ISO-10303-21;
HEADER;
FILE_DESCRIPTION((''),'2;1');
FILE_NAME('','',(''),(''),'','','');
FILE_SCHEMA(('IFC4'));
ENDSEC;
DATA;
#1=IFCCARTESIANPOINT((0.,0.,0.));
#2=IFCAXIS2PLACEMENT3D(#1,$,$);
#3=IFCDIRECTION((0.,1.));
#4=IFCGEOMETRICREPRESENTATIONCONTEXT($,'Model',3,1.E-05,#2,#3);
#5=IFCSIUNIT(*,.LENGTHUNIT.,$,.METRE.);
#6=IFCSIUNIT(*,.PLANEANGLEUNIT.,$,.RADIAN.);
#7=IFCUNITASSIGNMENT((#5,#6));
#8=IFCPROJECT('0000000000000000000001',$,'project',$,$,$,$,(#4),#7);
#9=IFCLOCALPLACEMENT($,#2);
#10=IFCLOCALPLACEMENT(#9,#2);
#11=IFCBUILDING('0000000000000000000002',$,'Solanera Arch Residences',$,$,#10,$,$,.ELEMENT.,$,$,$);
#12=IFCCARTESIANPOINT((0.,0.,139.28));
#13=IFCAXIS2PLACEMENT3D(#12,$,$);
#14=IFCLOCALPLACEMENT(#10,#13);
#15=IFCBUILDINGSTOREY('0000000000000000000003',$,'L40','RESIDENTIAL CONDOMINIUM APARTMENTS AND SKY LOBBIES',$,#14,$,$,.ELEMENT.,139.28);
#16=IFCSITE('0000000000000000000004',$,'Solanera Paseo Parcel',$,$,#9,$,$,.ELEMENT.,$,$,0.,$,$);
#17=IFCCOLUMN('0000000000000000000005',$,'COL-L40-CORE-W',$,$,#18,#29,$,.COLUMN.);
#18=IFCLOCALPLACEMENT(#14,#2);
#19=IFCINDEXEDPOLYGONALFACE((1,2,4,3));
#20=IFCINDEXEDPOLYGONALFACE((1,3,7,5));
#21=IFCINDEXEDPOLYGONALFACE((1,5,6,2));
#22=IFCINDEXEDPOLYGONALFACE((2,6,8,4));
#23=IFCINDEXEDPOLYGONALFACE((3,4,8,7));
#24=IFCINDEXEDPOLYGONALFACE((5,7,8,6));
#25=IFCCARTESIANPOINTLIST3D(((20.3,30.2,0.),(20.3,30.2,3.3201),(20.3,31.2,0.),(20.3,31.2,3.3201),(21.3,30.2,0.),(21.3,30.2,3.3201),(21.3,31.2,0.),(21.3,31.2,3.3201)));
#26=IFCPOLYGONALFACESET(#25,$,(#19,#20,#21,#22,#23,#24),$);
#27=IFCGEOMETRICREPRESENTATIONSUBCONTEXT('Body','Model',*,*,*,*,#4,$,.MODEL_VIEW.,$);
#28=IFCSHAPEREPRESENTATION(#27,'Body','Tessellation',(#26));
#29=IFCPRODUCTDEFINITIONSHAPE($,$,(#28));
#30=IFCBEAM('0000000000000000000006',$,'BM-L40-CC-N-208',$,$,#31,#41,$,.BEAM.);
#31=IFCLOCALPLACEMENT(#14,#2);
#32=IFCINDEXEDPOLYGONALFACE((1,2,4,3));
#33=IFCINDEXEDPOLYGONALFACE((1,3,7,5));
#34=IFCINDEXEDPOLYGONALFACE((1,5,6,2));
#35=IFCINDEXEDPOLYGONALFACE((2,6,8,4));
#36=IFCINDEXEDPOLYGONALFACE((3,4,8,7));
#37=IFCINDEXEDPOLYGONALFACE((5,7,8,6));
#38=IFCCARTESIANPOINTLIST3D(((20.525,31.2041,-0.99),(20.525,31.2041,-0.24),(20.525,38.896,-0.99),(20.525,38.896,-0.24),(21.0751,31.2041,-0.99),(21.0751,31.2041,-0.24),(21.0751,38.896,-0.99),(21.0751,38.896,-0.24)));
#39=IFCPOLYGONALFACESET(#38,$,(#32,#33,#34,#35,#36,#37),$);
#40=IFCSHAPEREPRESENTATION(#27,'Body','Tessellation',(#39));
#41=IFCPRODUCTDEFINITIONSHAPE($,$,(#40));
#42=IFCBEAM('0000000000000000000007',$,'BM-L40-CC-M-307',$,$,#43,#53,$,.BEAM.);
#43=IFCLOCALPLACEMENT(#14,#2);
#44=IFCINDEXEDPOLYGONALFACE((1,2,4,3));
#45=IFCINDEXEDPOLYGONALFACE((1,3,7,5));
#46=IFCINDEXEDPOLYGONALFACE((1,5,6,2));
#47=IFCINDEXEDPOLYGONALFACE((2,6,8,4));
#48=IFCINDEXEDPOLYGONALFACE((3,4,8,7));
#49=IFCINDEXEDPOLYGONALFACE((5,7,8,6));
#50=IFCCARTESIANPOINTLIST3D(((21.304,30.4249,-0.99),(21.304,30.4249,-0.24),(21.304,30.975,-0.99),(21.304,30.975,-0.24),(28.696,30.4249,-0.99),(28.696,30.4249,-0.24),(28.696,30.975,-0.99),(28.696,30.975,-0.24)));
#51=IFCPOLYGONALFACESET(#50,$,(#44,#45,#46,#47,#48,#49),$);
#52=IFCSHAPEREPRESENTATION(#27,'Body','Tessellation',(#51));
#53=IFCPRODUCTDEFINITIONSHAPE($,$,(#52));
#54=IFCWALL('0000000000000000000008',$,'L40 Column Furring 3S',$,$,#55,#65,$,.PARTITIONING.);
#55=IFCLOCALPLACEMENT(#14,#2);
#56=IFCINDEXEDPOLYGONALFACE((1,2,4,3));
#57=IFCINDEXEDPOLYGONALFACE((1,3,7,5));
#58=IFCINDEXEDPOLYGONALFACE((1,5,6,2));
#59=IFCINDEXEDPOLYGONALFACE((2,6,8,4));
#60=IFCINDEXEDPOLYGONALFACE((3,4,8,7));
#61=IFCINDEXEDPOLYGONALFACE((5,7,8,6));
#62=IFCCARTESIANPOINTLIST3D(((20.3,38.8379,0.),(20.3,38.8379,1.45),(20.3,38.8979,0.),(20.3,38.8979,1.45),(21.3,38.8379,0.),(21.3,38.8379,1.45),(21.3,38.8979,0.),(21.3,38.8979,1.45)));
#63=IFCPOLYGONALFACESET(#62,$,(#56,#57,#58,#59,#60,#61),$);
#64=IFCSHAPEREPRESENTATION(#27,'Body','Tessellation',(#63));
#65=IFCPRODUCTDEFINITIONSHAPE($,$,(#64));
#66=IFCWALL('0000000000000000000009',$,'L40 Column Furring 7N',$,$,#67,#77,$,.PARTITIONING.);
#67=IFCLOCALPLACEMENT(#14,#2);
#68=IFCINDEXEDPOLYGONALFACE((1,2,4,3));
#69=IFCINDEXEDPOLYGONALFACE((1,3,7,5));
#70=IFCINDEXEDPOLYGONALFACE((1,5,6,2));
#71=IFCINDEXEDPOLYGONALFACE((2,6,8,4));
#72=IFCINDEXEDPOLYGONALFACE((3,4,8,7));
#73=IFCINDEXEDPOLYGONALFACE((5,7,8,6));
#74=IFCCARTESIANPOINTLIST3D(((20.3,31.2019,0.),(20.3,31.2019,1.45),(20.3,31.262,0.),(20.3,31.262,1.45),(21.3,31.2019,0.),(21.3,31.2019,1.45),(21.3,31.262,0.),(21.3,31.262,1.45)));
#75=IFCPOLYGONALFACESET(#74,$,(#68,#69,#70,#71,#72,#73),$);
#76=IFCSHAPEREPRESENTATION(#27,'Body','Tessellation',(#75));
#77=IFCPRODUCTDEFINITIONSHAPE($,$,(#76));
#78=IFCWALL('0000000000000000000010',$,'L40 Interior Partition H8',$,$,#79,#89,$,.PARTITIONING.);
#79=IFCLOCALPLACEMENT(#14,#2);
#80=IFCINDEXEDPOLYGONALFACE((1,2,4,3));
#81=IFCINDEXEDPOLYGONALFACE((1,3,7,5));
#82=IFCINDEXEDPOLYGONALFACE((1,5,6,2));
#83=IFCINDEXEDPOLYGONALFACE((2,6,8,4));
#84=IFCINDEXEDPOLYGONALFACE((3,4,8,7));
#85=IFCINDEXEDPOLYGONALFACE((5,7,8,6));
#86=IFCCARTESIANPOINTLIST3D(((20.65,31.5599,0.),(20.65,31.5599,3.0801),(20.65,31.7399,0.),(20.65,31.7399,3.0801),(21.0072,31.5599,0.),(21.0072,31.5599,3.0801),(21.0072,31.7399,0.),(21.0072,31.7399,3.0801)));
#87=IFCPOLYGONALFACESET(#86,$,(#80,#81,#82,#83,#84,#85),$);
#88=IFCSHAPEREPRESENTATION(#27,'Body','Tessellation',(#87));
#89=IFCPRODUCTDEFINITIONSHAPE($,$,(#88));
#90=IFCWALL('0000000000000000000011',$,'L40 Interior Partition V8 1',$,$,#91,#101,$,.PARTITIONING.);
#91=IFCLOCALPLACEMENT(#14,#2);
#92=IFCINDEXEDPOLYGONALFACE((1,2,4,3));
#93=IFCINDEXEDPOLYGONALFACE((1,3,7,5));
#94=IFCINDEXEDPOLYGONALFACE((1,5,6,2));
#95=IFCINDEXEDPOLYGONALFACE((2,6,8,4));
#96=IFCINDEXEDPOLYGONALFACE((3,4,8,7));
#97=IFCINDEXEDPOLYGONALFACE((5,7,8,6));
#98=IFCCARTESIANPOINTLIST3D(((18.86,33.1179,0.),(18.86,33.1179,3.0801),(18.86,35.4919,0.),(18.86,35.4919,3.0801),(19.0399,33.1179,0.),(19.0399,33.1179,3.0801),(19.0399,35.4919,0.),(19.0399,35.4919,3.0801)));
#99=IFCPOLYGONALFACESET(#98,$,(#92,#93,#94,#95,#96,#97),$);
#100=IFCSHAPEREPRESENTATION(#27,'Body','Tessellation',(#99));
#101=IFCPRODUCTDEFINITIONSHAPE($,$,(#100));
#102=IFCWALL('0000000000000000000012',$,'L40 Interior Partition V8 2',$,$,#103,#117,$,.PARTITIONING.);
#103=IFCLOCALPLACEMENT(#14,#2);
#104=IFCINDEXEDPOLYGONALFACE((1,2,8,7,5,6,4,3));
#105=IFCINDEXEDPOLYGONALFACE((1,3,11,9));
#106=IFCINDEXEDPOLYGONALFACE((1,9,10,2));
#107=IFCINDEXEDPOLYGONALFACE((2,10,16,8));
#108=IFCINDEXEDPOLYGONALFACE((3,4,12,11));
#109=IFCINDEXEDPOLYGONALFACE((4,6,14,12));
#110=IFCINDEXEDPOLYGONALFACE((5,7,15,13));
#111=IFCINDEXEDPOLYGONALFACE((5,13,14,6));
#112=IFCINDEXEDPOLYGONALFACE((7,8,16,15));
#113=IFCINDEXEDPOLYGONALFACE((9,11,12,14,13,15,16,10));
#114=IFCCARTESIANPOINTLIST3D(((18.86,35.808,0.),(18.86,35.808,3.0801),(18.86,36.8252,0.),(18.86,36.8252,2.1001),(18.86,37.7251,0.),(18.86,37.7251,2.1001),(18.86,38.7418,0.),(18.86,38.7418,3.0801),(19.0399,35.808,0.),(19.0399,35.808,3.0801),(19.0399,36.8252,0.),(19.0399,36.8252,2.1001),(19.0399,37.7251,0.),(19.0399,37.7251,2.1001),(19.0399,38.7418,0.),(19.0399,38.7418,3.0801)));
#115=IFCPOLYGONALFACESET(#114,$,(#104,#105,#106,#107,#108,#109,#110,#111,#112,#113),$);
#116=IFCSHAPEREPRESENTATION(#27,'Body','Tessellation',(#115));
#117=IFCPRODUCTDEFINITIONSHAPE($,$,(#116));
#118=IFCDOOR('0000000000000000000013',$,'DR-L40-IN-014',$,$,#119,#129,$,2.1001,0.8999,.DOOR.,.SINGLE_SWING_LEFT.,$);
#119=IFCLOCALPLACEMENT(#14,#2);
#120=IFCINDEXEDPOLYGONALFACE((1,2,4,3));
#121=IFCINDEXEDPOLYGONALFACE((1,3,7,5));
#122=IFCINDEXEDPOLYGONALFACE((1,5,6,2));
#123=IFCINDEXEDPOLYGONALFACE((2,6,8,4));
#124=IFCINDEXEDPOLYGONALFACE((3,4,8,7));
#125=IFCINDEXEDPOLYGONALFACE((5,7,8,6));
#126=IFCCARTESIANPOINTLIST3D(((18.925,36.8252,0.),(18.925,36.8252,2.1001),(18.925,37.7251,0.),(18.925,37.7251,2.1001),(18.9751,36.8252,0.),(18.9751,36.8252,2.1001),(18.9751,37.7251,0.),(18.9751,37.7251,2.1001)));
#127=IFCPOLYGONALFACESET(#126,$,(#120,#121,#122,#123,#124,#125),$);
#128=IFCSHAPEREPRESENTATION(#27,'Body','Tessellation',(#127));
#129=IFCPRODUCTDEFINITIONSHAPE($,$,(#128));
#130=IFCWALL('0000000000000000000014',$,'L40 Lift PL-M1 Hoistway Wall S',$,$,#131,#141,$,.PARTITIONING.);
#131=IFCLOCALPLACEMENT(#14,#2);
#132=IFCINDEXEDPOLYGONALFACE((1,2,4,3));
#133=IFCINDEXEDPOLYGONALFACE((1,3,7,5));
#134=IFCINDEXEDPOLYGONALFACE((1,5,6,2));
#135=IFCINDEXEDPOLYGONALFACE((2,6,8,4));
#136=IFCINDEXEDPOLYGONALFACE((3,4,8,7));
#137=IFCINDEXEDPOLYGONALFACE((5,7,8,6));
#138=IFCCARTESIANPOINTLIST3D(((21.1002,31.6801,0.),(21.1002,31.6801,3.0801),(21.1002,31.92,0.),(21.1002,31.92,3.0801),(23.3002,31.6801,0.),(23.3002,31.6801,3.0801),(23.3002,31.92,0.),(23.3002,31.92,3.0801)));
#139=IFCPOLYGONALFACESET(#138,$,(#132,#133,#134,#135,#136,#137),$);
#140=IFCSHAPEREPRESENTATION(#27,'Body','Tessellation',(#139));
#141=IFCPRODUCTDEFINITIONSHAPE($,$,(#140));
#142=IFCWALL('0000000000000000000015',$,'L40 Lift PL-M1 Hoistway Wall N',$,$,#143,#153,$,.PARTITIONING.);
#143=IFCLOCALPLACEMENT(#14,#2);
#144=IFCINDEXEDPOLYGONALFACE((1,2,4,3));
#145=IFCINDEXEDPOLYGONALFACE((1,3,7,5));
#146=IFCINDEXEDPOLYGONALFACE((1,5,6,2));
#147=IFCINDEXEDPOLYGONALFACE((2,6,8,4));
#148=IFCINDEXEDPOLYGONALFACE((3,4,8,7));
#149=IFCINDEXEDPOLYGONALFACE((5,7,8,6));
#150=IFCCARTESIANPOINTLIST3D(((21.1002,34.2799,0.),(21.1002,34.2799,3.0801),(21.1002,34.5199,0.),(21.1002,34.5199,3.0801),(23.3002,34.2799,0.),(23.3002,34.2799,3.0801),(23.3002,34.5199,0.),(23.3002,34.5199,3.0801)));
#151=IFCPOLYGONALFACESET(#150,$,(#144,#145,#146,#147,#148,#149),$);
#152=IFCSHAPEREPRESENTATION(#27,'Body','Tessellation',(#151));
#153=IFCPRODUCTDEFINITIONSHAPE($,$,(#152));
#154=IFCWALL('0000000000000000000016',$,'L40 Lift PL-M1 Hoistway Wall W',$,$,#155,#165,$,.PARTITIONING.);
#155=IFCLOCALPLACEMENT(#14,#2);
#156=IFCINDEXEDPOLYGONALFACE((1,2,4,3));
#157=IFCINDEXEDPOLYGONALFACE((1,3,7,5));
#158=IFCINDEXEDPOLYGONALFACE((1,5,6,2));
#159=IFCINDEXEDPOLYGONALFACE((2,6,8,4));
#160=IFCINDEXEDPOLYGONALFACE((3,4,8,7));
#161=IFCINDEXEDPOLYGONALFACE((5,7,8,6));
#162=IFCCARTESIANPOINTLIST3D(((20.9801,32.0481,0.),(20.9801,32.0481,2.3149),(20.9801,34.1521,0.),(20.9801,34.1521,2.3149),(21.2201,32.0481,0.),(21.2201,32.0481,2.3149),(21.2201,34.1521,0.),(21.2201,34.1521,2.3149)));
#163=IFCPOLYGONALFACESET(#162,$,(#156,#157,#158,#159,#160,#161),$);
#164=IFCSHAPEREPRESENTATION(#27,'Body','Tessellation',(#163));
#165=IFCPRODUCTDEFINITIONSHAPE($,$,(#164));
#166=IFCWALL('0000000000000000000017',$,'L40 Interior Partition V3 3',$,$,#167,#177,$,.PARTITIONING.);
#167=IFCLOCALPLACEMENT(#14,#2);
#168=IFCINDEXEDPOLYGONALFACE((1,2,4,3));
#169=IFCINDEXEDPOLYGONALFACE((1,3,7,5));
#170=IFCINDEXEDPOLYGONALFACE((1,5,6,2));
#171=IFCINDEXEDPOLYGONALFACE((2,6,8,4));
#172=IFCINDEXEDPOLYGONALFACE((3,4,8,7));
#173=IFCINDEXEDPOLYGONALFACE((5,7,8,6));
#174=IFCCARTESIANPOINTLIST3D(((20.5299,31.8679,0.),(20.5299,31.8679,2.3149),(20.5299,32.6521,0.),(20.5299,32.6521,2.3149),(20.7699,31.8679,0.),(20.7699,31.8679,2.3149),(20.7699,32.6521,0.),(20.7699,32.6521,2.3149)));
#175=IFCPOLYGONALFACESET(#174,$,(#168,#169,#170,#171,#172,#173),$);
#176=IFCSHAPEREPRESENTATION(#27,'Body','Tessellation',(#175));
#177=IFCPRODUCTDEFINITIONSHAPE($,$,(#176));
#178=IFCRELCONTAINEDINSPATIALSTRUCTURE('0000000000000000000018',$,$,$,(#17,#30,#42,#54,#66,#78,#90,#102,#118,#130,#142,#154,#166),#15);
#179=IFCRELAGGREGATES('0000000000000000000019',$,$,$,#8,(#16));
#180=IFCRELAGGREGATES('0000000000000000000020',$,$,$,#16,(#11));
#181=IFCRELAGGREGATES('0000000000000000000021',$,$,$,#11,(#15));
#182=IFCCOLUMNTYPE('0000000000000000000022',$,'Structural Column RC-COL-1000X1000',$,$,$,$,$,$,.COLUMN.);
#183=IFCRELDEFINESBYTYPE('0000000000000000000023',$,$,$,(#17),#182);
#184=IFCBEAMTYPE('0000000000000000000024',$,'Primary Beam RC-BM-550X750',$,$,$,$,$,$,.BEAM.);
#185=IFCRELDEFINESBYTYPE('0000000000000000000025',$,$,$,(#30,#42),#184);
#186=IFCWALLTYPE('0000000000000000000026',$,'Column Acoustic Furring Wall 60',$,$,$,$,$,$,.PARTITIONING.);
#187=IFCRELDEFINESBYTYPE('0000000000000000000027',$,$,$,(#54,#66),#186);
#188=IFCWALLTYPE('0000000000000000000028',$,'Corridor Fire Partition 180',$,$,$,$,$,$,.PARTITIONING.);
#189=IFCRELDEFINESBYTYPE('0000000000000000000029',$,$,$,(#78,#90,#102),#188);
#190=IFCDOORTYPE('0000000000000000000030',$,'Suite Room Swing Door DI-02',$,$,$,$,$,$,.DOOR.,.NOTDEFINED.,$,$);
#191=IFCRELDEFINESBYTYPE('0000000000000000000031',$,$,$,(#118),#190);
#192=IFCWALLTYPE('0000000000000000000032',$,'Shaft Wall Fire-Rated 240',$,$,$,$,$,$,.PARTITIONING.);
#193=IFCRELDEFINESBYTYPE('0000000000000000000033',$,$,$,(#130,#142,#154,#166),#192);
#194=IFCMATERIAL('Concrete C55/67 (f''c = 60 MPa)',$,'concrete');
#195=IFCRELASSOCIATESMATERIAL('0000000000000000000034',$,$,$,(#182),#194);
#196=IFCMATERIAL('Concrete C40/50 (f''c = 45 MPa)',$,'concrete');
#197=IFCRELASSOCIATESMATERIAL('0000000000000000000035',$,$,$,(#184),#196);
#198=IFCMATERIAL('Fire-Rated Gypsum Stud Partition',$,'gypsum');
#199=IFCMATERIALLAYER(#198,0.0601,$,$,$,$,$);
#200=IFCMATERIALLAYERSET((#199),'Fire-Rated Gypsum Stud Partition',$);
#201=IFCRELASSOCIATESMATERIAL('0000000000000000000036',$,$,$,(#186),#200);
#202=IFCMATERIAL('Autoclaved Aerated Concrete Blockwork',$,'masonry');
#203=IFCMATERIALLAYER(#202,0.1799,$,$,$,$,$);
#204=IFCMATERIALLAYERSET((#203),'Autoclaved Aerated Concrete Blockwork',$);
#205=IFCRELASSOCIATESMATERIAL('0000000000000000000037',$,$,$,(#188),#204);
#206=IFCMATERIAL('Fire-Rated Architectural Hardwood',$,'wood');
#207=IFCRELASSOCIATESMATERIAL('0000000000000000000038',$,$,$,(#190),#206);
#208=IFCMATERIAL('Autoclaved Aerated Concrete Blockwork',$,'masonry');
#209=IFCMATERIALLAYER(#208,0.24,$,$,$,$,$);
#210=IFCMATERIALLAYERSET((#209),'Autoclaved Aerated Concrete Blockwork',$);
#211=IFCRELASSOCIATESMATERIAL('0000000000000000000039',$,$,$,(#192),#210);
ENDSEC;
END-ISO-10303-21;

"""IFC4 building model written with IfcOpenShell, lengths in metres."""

from ifc_helpers import new_model, si_unit, direction, frame, frame_2d, origin, origin_2d, place, context, subcontext, project, spatial, rectangle, extrude, material, layer, layer_set, material_profile, profile_set, type_object, element, fill, save


model = new_model("IFC4")

# Units and contexts
model_context = context("Model", 3, precision=1e-05, world=origin(), true_north=direction((0.0, 1.0)))
body_context = subcontext(model_context, "Body", "Model", "MODEL_VIEW")
ifc_project = project(units=[si_unit("LENGTHUNIT", "METRE"), si_unit("PLANEANGLEUNIT", "RADIAN")], contexts=[model_context])

# Site, building, storey
site_placement = place(None, origin())
site = spatial("IfcSite", under=ifc_project, at=site_placement, Name="Solanera Paseo Parcel", CompositionType="ELEMENT", RefElevation=0.0)
building_placement = place(site_placement, origin())
building = spatial("IfcBuilding", under=site, at=building_placement, Name="Solanera Arch Residences", CompositionType="ELEMENT")
storey_placement = place(building_placement, frame((0.0, 0.0, 139.28)))
storey = spatial("IfcBuildingStorey", under=building, at=storey_placement, Name="L40", Description="RESIDENTIAL CONDOMINIUM APARTMENTS AND SKY LOBBIES", CompositionType="ELEMENT", Elevation=139.28)

# Column
ifc_material_1 = material(Name="Concrete C55/67 (f'c = 60 MPa)", Category="concrete")
ifc_material_profile_1 = material_profile(ifc_material_1, rectangle(XDim=1.0, YDim=1.0, at=origin_2d()))
ifc_profile_set_1 = profile_set([ifc_material_profile_1], Name="Concrete C55/67 (f'c = 60 MPa)")
column_type = type_object("IfcColumnType", Name="Structural Column RC-COL-1000X1000", PredefinedType="COLUMN", material=ifc_profile_set_1)
column_placement = place(storey_placement, frame((20.8, 30.7, 0.0), z_axis=(0.0, 0.0, 1.0), x_axis=(1.0, 0.0, 0.0)))
element("IfcColumn", 1, at=column_placement, inside=storey, type_object=column_type, Name="COL-L40-CORE-W", PredefinedType="COLUMN", context=body_context, shape_type="SweptSolid", body=[
    extrude(rectangle(XDim=1.0, YDim=1.0, at=origin_2d()), origin(), (0.0, 0.0, 1.0), 3.3201),
])

# Beams
ifc_material_2 = material(Name="Concrete C40/50 (f'c = 45 MPa)", Category="concrete")
ifc_material_profile_2 = material_profile(ifc_material_2, rectangle(XDim=0.55, YDim=0.75, at=origin_2d()))
ifc_profile_set_2 = profile_set([ifc_material_profile_2], Name="Concrete C40/50 (f'c = 45 MPa)")
beam_type = type_object("IfcBeamType", Name="Primary Beam RC-BM-550X750", PredefinedType="BEAM", material=ifc_profile_set_2)
beam_1_placement = place(storey_placement, frame((20.8, 31.2041, -0.615), z_axis=(0.0, 1.0, 0.0), x_axis=(-1.0, 0.0, 0.0)))
element("IfcBeam", 2, at=beam_1_placement, inside=storey, type_object=beam_type, Name="BM-L40-CC-N-208", PredefinedType="BEAM", context=body_context, shape_type="SweptSolid", body=[
    extrude(rectangle(XDim=0.55, YDim=0.75, at=origin_2d()), origin(), (0.0, 0.0, 1.0), 7.6919),
])
beam_2_placement = place(storey_placement, frame((21.304, 30.7, -0.615), z_axis=(1.0, 0.0, 0.0), x_axis=(0.0, 1.0, 0.0)))
element("IfcBeam", 3, at=beam_2_placement, inside=storey, type_object=beam_type, Name="BM-L40-CC-M-307", PredefinedType="BEAM", context=body_context, shape_type="SweptSolid", body=[
    extrude(rectangle(XDim=0.55, YDim=0.75, at=origin_2d()), origin(), (0.0, 0.0, 1.0), 7.3921),
])

# Walls
ifc_material_3 = material(Name="Fire-Rated Gypsum Stud Partition", Category="gypsum")
ifc_layer_1 = layer(ifc_material_3, 0.0601)
ifc_layer_set_1 = layer_set([ifc_layer_1], Name="Fire-Rated Gypsum Stud Partition")
wall_type_1 = type_object("IfcWallType", Name="Column Acoustic Furring Wall 60", PredefinedType="PARTITIONING", material=ifc_layer_set_1)
for number, where, z_axis, x_axis, name in (
    (4, (20.3, 38.8679, 0.0), (0.0, 0.0, 1.0), (1.0, 0.0, 0.0), "L40 Column Furring 3S"),
    (5, (20.3, 31.2319, 0.0), (0.0, 0.0, 1.0), (1.0, 0.0, 0.0), "L40 Column Furring 7N"),
):
    element("IfcWall", number, at=place(storey_placement, frame(where, z_axis=z_axis, x_axis=x_axis)), inside=storey, type_object=wall_type_1, Name=name, PredefinedType="PARTITIONING", context=body_context, shape_type="SweptSolid", body=[
        extrude(rectangle(XDim=1.0, YDim=0.0601, at=frame_2d((0.5, 0.0))), origin(), (0.0, 0.0, 1.0), 1.45),
    ])

# Walls
ifc_material_4 = material(Name="Autoclaved Aerated Concrete Blockwork", Category="masonry")
ifc_layer_2 = layer(ifc_material_4, 0.1799)
ifc_layer_set_2 = layer_set([ifc_layer_2], Name="Autoclaved Aerated Concrete Blockwork")
wall_type_2 = type_object("IfcWallType", Name="Corridor Fire Partition 180", PredefinedType="PARTITIONING", material=ifc_layer_set_2)
wall_1_placement = place(storey_placement, frame((20.6499, 31.6499, 0.0), z_axis=(0.0, 0.0, 1.0), x_axis=(1.0, 0.0, 0.0)))
element("IfcWall", 6, at=wall_1_placement, inside=storey, type_object=wall_type_2, Name="L40 Interior Partition H8", PredefinedType="PARTITIONING", context=body_context, shape_type="SweptSolid", body=[
    extrude(rectangle(XDim=0.3572, YDim=0.1799, at=frame_2d((0.1787, 0.0))), origin(), (0.0, 0.0, 1.0), 3.0801),
])
wall_2_placement = place(storey_placement, frame((18.95, 33.1179, 0.0), z_axis=(0.0, 0.0, 1.0), x_axis=(0.0, 1.0, 0.0)))
element("IfcWall", 7, at=wall_2_placement, inside=storey, type_object=wall_type_2, Name="L40 Interior Partition V8 1", PredefinedType="PARTITIONING", context=body_context, shape_type="SweptSolid", body=[
    extrude(rectangle(XDim=2.374, YDim=0.1799, at=frame_2d((1.187, 0.0))), origin(), (0.0, 0.0, 1.0), 3.0801),
])

# Wall, opening, door
wall_3_placement = place(storey_placement, frame((18.95, 35.8081, 0.0), z_axis=(0.0, 0.0, 1.0), x_axis=(0.0, 1.0, 0.0)))
wall_3 = element("IfcWall", 8, at=wall_3_placement, inside=storey, type_object=wall_type_2, Name="L40 Interior Partition V8 2", PredefinedType="PARTITIONING", context=body_context, shape_type="SweptSolid", body=[
    extrude(rectangle(XDim=2.9338, YDim=0.1799, at=frame_2d((1.4668, 0.0))), origin(), (0.0, 0.0, 1.0), 3.0801),
])
opening_1_placement = place(wall_3_placement, frame((1.0171, 0.0, 0.0)))
opening_1 = element("IfcOpeningElement", 9, at=opening_1_placement, cuts=wall_3, PredefinedType="OPENING", context=body_context, shape_type="SweptSolid", body=[
    extrude(rectangle(XDim=0.8999, YDim=2.1001, at=frame_2d((0.45, 1.05))), frame((0.0, 0.1001, 0.0), z_axis=(0.0, -1.0, 0.0), x_axis=(1.0, 0.0, 0.0)), (0.0, 0.0, 1.0), 0.1999),
])
ifc_material_5 = material(Name="Fire-Rated Architectural Hardwood", Category="wood")
door_type_1 = type_object("IfcDoorType", Name="Suite Room Swing Door DI-02", OperationType="NOTDEFINED", PredefinedType="DOOR", material=ifc_material_5)
door_1_placement = place(opening_1_placement, origin())
door_1 = element("IfcDoor", 10, at=door_1_placement, inside=storey, type_object=door_type_1, Name="DR-L40-IN-014", OperationType="SINGLE_SWING_LEFT", OverallHeight=2.1001, OverallWidth=0.8999, PredefinedType="DOOR", context=body_context, shape_type="SweptSolid", body=[
    extrude(rectangle(XDim=0.8999, YDim=2.1001, at=frame_2d((0.45, 1.05))), frame((0.0, 0.0249, 0.0), z_axis=(0.0, -1.0, 0.0), x_axis=(1.0, 0.0, 0.0)), (0.0, 0.0, 1.0), 0.05),
])
fill(opening_1, door_1)

# Walls
ifc_material_6 = material(Name="Autoclaved Aerated Concrete Blockwork", Category="masonry")
ifc_layer_3 = layer(ifc_material_6, 0.24)
ifc_layer_set_3 = layer_set([ifc_layer_3], Name="Autoclaved Aerated Concrete Blockwork")
wall_type_3 = type_object("IfcWallType", Name="Shaft Wall Fire-Rated 240", PredefinedType="PARTITIONING", material=ifc_layer_set_3)
for number, where, z_axis, x_axis, name in (
    (11, (21.1001, 31.8, 0.0), (0.0, 0.0, 1.0), (1.0, 0.0, 0.0), "L40 Lift PL-M1 Hoistway Wall S"),
    (12, (21.1001, 34.3999, 0.0), (0.0, 0.0, 1.0), (1.0, 0.0, 0.0), "L40 Lift PL-M1 Hoistway Wall N"),
):
    element("IfcWall", number, at=place(storey_placement, frame(where, z_axis=z_axis, x_axis=x_axis)), inside=storey, type_object=wall_type_3, Name=name, PredefinedType="PARTITIONING", context=body_context, shape_type="SweptSolid", body=[
        extrude(rectangle(XDim=2.2, YDim=0.24, at=frame_2d((1.1001, 0.0))), origin(), (0.0, 0.0, 1.0), 3.0801),
    ])
wall_4_placement = place(storey_placement, frame((21.1001, 32.0481, 0.0), z_axis=(0.0, 0.0, 1.0), x_axis=(0.0, 1.0, 0.0)))
element("IfcWall", 13, at=wall_4_placement, inside=storey, type_object=wall_type_3, Name="L40 Lift PL-M1 Hoistway Wall W", PredefinedType="PARTITIONING", context=body_context, shape_type="SweptSolid", body=[
    extrude(rectangle(XDim=2.104, YDim=0.24, at=frame_2d((1.052, 0.0))), origin(), (0.0, 0.0, 1.0), 2.3149),
])

# Wall
wall_5_placement = place(storey_placement, frame((20.6499, 31.8679, 0.0), z_axis=(0.0, 0.0, 1.0), x_axis=(0.0, 1.0, 0.0)))
element("IfcWall", 14, at=wall_5_placement, inside=storey, type_object=wall_type_3, Name="L40 Interior Partition V3 3", PredefinedType="PARTITIONING", context=body_context, shape_type="SweptSolid", body=[
    extrude(rectangle(XDim=0.7842, YDim=0.24, at=frame_2d((0.3921, 0.0))), origin(), (0.0, 0.0, 1.0), 2.3149),
])

save(model, "model.ifc")
